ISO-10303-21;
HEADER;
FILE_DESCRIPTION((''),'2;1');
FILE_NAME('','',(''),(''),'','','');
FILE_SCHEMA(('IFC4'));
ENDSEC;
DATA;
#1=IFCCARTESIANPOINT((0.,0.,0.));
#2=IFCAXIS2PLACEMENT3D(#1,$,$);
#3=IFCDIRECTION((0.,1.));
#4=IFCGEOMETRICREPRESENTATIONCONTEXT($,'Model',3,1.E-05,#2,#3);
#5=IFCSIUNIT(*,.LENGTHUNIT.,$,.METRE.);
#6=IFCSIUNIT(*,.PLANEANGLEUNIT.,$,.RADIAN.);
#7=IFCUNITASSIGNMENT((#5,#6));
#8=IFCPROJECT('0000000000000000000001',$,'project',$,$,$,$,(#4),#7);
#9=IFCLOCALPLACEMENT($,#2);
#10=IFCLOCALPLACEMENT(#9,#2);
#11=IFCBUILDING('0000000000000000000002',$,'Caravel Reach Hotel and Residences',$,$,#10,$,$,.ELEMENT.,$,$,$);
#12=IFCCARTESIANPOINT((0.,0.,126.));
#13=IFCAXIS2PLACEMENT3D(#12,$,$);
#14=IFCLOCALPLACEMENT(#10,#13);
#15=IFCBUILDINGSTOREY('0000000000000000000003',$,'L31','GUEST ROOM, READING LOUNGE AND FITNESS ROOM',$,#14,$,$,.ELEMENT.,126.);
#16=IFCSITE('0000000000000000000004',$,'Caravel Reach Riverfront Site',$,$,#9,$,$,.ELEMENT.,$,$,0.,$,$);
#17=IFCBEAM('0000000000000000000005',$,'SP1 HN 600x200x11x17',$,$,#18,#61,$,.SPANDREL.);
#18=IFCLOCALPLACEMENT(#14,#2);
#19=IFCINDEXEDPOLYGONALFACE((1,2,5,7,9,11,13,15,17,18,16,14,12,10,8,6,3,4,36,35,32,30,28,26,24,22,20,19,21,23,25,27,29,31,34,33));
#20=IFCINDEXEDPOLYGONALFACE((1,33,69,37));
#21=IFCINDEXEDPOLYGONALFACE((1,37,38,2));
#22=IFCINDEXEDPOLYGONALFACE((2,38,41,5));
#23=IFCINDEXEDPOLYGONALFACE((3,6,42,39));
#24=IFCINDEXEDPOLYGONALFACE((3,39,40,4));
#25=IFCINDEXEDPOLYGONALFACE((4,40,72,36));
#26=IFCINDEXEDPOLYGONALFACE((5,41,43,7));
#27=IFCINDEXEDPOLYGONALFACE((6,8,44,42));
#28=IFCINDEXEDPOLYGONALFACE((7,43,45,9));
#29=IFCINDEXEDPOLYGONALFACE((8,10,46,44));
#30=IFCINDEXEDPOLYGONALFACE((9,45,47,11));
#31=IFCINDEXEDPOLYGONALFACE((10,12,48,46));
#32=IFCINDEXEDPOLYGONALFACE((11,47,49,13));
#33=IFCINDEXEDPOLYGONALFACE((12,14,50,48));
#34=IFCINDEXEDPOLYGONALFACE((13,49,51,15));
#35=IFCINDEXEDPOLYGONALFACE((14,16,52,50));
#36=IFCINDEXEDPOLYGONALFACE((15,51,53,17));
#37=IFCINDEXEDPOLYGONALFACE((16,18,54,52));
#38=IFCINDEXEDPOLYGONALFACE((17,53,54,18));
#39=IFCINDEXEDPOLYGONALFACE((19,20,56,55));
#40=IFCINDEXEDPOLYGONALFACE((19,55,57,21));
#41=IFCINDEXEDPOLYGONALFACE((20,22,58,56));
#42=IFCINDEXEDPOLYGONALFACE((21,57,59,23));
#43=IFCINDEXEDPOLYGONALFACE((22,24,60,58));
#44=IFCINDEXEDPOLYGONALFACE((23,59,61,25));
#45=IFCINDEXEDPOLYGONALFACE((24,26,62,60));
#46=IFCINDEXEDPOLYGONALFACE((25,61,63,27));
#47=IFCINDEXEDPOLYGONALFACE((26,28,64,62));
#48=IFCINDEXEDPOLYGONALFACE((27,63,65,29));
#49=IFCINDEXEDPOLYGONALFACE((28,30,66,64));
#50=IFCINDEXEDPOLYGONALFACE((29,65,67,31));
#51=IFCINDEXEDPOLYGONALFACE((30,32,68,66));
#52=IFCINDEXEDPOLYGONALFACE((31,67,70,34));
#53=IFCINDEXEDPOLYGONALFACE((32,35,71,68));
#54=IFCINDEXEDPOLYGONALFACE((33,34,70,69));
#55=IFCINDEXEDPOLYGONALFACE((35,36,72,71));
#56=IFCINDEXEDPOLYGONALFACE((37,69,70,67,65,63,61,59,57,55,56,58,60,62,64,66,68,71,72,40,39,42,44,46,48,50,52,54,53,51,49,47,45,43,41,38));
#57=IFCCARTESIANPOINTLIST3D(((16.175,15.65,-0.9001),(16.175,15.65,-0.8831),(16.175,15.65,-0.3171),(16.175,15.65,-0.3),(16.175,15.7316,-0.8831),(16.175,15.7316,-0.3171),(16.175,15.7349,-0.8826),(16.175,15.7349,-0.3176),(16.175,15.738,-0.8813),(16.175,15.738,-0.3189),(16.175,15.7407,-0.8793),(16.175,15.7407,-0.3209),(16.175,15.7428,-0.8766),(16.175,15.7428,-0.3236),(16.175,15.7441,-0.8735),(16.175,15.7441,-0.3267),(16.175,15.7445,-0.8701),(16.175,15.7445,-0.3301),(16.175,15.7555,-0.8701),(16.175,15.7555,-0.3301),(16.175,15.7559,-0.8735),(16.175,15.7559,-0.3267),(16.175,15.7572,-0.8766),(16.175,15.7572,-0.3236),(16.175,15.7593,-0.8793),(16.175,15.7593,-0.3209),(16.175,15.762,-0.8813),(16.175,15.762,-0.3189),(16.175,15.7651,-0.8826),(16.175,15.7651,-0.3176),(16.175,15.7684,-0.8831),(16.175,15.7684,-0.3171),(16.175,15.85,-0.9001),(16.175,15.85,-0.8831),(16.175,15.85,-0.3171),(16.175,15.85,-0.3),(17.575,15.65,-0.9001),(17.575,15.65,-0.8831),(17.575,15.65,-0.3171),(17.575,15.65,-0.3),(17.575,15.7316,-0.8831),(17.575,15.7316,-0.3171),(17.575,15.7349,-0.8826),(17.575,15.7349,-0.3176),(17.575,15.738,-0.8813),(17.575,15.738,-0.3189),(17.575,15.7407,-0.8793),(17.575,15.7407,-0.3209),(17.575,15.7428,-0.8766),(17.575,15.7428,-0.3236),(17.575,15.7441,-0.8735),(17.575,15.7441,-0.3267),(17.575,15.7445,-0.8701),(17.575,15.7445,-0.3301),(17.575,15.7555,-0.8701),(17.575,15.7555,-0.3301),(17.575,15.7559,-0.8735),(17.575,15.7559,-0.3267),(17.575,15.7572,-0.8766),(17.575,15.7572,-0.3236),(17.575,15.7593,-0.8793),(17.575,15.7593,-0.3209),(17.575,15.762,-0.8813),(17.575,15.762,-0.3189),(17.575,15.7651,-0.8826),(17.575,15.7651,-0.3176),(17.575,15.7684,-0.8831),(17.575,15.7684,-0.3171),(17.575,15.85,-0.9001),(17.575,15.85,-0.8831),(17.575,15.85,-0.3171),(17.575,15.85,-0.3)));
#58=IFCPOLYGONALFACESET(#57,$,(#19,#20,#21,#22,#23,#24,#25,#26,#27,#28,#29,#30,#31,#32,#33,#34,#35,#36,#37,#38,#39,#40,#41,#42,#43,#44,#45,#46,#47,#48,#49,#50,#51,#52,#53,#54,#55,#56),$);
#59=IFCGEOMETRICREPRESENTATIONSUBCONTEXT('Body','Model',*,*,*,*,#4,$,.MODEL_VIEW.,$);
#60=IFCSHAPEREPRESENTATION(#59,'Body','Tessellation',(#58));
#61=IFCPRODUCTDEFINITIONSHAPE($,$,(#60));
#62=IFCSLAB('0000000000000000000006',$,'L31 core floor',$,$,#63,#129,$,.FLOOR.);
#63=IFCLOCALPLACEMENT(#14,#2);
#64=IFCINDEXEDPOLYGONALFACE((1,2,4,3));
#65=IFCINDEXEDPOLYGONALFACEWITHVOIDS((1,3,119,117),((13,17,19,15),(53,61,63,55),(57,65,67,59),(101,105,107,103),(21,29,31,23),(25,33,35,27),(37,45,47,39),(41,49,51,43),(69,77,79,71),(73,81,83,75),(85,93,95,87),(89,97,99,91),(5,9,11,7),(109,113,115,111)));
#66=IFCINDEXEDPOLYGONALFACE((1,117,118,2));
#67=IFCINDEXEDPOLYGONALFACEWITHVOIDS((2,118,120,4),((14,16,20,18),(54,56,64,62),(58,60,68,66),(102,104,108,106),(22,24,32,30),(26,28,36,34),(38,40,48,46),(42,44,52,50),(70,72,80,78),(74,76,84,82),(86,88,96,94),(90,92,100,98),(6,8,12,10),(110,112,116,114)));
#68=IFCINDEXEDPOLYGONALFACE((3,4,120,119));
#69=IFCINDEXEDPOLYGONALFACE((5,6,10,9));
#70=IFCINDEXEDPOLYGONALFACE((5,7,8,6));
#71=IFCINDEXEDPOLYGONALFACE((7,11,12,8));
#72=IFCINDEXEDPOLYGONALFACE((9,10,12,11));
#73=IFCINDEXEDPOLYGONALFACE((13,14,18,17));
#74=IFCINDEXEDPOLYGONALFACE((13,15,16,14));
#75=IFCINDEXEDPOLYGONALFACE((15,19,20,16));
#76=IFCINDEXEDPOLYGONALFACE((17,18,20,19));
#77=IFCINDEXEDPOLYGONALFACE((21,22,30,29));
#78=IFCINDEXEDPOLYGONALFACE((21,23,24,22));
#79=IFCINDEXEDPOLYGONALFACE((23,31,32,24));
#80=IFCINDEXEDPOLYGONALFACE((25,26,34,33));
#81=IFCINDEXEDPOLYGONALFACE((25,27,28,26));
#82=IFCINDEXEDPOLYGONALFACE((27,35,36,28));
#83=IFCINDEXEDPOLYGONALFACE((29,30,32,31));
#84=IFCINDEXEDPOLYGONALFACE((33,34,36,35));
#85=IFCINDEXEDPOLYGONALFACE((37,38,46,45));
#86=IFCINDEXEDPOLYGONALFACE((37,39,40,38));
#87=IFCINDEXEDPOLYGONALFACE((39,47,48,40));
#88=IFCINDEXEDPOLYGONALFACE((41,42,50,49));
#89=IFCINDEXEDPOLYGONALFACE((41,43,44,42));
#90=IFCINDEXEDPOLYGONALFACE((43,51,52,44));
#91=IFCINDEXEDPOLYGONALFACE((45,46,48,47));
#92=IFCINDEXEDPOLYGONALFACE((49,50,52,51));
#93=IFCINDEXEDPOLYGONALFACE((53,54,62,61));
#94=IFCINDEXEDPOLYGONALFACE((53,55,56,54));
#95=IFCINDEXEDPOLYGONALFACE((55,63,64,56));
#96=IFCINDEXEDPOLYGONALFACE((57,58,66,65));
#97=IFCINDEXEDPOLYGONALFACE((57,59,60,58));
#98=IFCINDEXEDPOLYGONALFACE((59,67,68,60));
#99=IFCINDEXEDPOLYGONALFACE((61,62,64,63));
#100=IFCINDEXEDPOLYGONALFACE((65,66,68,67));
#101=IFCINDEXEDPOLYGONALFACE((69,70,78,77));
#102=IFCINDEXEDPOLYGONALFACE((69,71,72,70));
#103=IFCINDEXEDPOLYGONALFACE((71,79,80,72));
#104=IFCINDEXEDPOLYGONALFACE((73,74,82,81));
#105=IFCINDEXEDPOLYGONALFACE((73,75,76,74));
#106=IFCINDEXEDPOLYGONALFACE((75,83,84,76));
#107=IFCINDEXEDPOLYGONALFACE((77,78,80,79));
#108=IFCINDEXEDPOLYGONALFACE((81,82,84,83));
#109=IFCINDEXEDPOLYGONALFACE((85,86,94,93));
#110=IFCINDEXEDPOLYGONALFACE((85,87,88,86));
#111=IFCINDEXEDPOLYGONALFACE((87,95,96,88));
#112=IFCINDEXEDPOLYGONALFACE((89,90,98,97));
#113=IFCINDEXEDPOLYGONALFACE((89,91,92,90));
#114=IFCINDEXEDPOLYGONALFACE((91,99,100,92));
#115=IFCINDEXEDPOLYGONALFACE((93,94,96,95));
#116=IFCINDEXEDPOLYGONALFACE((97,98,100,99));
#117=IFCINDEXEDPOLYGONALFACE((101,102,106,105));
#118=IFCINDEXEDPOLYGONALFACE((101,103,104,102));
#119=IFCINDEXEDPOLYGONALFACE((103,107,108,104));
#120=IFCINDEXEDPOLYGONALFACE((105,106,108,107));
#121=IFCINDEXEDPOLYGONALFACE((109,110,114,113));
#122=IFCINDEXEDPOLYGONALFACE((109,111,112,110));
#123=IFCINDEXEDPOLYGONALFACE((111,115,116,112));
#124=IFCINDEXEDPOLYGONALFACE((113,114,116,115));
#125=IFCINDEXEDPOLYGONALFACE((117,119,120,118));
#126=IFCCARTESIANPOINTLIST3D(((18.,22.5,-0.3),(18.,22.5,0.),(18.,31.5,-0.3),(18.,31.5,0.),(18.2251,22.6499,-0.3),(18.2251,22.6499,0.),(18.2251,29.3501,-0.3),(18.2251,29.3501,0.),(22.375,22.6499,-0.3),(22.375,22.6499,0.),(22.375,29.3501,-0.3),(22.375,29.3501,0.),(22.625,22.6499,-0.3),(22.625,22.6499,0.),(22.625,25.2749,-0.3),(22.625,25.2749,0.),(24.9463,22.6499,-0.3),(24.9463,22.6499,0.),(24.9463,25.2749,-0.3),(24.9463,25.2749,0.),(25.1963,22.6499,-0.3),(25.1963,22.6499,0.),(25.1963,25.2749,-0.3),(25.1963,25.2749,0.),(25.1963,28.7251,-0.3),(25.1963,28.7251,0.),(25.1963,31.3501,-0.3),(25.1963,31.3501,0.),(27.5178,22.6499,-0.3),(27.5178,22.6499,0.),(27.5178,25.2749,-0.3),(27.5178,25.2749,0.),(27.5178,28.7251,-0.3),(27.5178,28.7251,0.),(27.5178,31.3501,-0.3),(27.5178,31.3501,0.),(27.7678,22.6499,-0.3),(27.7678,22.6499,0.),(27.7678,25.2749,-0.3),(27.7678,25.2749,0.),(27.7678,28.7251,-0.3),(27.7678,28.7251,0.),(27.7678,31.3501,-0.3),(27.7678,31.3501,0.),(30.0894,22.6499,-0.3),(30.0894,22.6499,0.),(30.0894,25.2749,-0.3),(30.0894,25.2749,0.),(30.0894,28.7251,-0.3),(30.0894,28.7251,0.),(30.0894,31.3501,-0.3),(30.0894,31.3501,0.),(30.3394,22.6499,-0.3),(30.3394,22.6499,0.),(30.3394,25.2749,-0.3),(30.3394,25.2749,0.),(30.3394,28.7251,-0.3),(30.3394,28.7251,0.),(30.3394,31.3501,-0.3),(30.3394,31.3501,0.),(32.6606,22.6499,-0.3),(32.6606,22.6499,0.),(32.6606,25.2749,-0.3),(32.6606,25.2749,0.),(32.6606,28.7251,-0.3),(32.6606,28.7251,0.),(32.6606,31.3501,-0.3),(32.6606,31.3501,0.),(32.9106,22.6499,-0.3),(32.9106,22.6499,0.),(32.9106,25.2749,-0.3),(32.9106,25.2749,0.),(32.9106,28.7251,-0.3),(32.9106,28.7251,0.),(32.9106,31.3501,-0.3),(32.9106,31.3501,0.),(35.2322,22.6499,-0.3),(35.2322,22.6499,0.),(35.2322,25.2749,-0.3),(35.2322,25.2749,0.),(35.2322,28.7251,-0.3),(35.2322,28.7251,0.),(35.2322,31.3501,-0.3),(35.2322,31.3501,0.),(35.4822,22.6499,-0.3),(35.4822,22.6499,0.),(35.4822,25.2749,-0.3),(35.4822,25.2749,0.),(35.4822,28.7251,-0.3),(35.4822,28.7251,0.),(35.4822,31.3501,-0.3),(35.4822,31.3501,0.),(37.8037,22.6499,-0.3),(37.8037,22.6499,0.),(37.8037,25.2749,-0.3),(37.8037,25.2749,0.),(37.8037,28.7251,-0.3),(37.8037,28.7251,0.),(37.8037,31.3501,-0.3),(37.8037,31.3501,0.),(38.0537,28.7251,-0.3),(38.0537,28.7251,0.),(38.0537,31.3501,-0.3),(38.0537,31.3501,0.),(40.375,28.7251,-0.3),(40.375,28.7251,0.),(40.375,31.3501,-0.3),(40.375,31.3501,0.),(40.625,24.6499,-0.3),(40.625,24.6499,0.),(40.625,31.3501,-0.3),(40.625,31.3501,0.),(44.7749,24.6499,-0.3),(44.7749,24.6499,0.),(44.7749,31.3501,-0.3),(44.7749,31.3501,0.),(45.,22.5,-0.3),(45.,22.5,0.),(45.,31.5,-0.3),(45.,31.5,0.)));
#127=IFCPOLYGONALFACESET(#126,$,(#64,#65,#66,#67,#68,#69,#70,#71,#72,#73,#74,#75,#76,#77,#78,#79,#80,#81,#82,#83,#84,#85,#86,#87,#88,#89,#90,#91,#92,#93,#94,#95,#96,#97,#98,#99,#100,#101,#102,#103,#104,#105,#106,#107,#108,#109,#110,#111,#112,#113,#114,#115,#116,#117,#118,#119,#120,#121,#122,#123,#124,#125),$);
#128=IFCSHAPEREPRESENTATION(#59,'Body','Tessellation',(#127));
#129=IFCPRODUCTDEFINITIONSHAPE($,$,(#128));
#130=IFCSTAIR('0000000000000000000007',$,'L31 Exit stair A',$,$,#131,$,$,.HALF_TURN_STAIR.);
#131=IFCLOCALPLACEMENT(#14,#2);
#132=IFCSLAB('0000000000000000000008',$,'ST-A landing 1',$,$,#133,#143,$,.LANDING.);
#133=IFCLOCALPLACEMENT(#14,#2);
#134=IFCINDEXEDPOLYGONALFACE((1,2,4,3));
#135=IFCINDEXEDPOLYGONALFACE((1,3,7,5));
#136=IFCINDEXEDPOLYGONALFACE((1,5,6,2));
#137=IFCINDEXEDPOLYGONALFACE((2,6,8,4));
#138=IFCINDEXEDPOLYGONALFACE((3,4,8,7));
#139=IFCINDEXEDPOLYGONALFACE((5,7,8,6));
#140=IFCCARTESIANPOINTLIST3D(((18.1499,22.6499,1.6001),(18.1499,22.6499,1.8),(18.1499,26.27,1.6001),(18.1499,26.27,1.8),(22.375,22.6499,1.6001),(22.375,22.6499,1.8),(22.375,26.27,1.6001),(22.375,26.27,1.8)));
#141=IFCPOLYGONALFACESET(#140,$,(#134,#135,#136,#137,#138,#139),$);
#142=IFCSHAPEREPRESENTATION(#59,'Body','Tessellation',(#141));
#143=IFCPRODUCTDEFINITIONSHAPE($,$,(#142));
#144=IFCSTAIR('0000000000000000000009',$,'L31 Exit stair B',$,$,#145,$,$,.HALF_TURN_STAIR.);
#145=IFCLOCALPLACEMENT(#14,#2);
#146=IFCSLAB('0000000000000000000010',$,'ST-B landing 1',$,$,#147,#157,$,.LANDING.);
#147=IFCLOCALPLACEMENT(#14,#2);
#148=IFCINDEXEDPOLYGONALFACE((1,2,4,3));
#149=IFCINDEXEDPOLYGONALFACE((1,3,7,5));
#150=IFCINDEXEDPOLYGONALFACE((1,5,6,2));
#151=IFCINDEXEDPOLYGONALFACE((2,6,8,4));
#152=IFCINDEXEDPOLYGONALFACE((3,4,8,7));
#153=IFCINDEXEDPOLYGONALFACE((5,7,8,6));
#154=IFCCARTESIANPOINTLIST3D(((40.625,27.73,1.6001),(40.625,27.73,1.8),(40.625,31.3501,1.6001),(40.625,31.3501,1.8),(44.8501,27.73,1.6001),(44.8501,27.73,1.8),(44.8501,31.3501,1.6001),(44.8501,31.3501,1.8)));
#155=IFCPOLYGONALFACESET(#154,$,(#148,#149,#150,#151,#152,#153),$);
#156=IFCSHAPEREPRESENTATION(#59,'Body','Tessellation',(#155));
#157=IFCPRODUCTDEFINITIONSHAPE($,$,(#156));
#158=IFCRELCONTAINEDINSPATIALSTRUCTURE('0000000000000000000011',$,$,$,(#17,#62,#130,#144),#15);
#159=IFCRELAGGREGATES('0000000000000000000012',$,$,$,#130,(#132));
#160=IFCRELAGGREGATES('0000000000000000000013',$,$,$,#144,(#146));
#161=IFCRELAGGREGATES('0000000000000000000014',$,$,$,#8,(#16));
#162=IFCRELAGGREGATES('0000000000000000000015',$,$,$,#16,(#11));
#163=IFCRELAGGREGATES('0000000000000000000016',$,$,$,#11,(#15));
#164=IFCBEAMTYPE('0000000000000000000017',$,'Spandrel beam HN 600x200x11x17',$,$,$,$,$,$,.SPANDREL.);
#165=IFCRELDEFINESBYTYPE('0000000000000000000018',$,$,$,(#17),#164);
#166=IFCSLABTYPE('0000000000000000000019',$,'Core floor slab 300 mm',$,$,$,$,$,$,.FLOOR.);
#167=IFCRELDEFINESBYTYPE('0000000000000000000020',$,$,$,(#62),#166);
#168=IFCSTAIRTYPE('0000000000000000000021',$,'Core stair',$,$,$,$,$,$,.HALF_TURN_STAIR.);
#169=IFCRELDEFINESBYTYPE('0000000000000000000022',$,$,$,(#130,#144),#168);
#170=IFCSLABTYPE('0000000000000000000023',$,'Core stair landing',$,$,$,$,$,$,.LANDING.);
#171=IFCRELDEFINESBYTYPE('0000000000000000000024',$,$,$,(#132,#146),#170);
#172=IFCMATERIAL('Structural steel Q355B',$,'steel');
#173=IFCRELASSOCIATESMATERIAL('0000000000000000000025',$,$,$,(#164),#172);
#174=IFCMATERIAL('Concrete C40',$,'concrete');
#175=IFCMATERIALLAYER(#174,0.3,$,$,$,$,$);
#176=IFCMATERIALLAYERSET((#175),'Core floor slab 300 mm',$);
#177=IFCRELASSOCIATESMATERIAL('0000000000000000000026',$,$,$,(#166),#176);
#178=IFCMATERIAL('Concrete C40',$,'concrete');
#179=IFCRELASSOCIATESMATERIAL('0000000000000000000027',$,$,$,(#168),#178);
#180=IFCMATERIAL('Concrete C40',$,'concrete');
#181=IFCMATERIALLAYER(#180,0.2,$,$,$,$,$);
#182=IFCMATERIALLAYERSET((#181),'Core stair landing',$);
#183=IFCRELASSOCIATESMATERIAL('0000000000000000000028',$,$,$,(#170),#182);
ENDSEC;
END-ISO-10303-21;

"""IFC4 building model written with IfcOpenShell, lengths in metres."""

from ifc_helpers import new_model, si_unit, direction, frame, origin, origin_2d, place, context, subcontext, project, spatial, polyline, i_section, outline, extrude, material, layer, layer_set, material_profile, profile_set, type_object, element, aggregate, save


model = new_model("IFC4")

# Units and contexts
model_context = context("Model", 3, precision=1e-05, world=origin(), true_north=direction((0.0, 1.0)))
body_context = subcontext(model_context, "Body", "Model", "MODEL_VIEW")
ifc_project = project(units=[si_unit("LENGTHUNIT", "METRE"), si_unit("PLANEANGLEUNIT", "RADIAN")], contexts=[model_context])

# Site, building, storey
site_placement = place(None, origin())
site = spatial("IfcSite", under=ifc_project, at=site_placement, Name="Caravel Reach Riverfront Site", CompositionType="ELEMENT", RefElevation=0.0)
building_placement = place(site_placement, origin())
building = spatial("IfcBuilding", under=site, at=building_placement, Name="Caravel Reach Hotel and Residences", CompositionType="ELEMENT")
storey_placement = place(building_placement, frame((0.0, 0.0, 126.0)))
storey = spatial("IfcBuildingStorey", under=building, at=storey_placement, Name="L31", Description="GUEST ROOM, READING LOUNGE AND FITNESS ROOM", CompositionType="ELEMENT", Elevation=126.0)

# Beam
ifc_material_1 = material(Name="Structural steel Q355B", Category="steel")
ifc_material_profile_1 = material_profile(ifc_material_1, i_section(OverallWidth=0.2, OverallDepth=0.6001, WebThickness=0.011, FlangeThickness=0.0171, FilletRadius=0.0129, at=origin_2d()), Name="HN 600x200x11x17")
ifc_profile_set_1 = profile_set([ifc_material_profile_1], Name="Structural steel Q355B")
beam_type = type_object("IfcBeamType", Name="Spandrel beam HN 600x200x11x17", PredefinedType="SPANDREL", material=ifc_profile_set_1)
for number, where, z_axis, x_axis, name in (
    (1, (16.175, 15.75, -0.6001), (1.0, 0.0, 0.0), (0.0, 1.0, 0.0), "SP1 HN 600x200x11x17"),
):
    element("IfcBeam", number, at=place(storey_placement, frame(where, z_axis=z_axis, x_axis=x_axis)), inside=storey, type_object=beam_type, Name=name, PredefinedType="SPANDREL", context=body_context, shape_type="SweptSolid", body=[
        extrude(i_section(OverallWidth=0.2, OverallDepth=0.6001, WebThickness=0.011, FlangeThickness=0.0171, FilletRadius=0.0129, at=origin_2d()), origin(), (0.0, 0.0, 1.0), 1.3999),
    ])

# Slab
ifc_material_2 = material(Name="Concrete C40", Category="concrete")
ifc_layer_1 = layer(ifc_material_2, 0.3)
ifc_layer_set_1 = layer_set([ifc_layer_1], Name="Core floor slab 300 mm")
slab_type_1 = type_object("IfcSlabType", Name="Core floor slab 300 mm", PredefinedType="FLOOR", material=ifc_layer_set_1)
slab_1_placement = place(storey_placement, frame((0.0, 0.0, -0.3)))
element("IfcSlab", 2, at=slab_1_placement, inside=storey, type_object=slab_type_1, Name="L31 core floor", PredefinedType="FLOOR", context=body_context, shape_type="SweptSolid", body=[
    extrude(outline(polyline([(18.0, 31.5), (45.0, 31.5), (45.0, 22.5), (18.0, 22.5), (18.0, 31.5)]), holes=[polyline([(22.625, 25.2749), (22.625, 22.6499), (24.9463, 22.6499), (24.9463, 25.2749), (22.625, 25.2749)]), polyline([(27.5178, 25.2749), (25.1963, 25.2749), (25.1963, 22.6499), (27.5178, 22.6499), (27.5178, 25.2749)]), polyline([(30.0894, 25.2749), (27.7678, 25.2749), (27.7678, 22.6499), (30.0894, 22.6499), (30.0894, 25.2749)]), polyline([(32.6606, 25.2749), (30.3394, 25.2749), (30.3394, 22.6499), (32.6606, 22.6499), (32.6606, 25.2749)]), polyline([(18.2251, 22.6499), (22.375, 22.6499), (22.375, 29.3501), (18.2251, 29.3501), (18.2251, 22.6499)]), polyline([(27.5178, 31.3501), (25.1963, 31.3501), (25.1963, 28.7251), (27.5178, 28.7251), (27.5178, 31.3501)]), polyline([(30.0894, 31.3501), (27.7678, 31.3501), (27.7678, 28.7251), (30.0894, 28.7251), (30.0894, 31.3501)]), polyline([(32.9106, 25.2749), (32.9106, 22.6499), (35.2322, 22.6499), (35.2322, 25.2749), (32.9106, 25.2749)]), polyline([(37.8037, 25.2749), (35.4822, 25.2749), (35.4822, 22.6499), (37.8037, 22.6499), (37.8037, 25.2749)]), polyline([(44.7749, 31.3501), (40.625, 31.3501), (40.625, 24.6499), (44.7749, 24.6499), (44.7749, 31.3501)]), polyline([(32.6606, 31.3501), (30.3394, 31.3501), (30.3394, 28.7251), (32.6606, 28.7251), (32.6606, 31.3501)]), polyline([(35.2322, 31.3501), (32.9106, 31.3501), (32.9106, 28.7251), (35.2322, 28.7251), (35.2322, 31.3501)]), polyline([(37.8037, 31.3501), (35.4822, 31.3501), (35.4822, 28.7251), (37.8037, 28.7251), (37.8037, 31.3501)]), polyline([(40.375, 31.3501), (38.0537, 31.3501), (38.0537, 28.7251), (40.375, 28.7251), (40.375, 31.3501)])]), origin(), (0.0, 0.0, 1.0), 0.3),
])

# Stairs, slabs
ifc_material_3 = material(Name="Concrete C40", Category="concrete")
stair_type = type_object("IfcStairType", Name="Core stair", PredefinedType="HALF_TURN_STAIR", material=ifc_material_3)
stair_1_placement = place(storey_placement, origin())
stair_1 = element("IfcStair", 3, at=stair_1_placement, inside=storey, type_object=stair_type, Name="L31 Exit stair A", PredefinedType="HALF_TURN_STAIR")
ifc_material_4 = material(Name="Concrete C40", Category="concrete")
ifc_layer_2 = layer(ifc_material_4, 0.2)
ifc_layer_set_2 = layer_set([ifc_layer_2], Name="Core stair landing")
slab_type_2 = type_object("IfcSlabType", Name="Core stair landing", PredefinedType="LANDING", material=ifc_layer_set_2)
slab_2_placement = place(storey_placement, frame((0.0, 0.0, 1.6001)))
slab_2 = element("IfcSlab", 4, at=slab_2_placement, type_object=slab_type_2, Name="ST-A landing 1", PredefinedType="LANDING", context=body_context, shape_type="SweptSolid", body=[
    extrude(outline(polyline([(18.1499, 26.27), (18.1499, 22.6499), (22.375, 22.6499), (22.375, 26.27), (18.1499, 26.27)])), origin(), (0.0, 0.0, 1.0), 0.2),
])
aggregate(stair_1, [slab_2])
stair_2_placement = place(storey_placement, origin())
stair_2 = element("IfcStair", 5, at=stair_2_placement, inside=storey, type_object=stair_type, Name="L31 Exit stair B", PredefinedType="HALF_TURN_STAIR")
slab_3_placement = place(storey_placement, frame((0.0, 0.0, 1.6001)))
slab_3 = element("IfcSlab", 6, at=slab_3_placement, type_object=slab_type_2, Name="ST-B landing 1", PredefinedType="LANDING", context=body_context, shape_type="SweptSolid", body=[
    extrude(outline(polyline([(44.8501, 27.73), (44.8501, 31.3501), (40.625, 31.3501), (40.625, 27.73), (44.8501, 27.73)])), origin(), (0.0, 0.0, 1.0), 0.2),
])
aggregate(stair_2, [slab_3])

save(model, "model.ifc")
